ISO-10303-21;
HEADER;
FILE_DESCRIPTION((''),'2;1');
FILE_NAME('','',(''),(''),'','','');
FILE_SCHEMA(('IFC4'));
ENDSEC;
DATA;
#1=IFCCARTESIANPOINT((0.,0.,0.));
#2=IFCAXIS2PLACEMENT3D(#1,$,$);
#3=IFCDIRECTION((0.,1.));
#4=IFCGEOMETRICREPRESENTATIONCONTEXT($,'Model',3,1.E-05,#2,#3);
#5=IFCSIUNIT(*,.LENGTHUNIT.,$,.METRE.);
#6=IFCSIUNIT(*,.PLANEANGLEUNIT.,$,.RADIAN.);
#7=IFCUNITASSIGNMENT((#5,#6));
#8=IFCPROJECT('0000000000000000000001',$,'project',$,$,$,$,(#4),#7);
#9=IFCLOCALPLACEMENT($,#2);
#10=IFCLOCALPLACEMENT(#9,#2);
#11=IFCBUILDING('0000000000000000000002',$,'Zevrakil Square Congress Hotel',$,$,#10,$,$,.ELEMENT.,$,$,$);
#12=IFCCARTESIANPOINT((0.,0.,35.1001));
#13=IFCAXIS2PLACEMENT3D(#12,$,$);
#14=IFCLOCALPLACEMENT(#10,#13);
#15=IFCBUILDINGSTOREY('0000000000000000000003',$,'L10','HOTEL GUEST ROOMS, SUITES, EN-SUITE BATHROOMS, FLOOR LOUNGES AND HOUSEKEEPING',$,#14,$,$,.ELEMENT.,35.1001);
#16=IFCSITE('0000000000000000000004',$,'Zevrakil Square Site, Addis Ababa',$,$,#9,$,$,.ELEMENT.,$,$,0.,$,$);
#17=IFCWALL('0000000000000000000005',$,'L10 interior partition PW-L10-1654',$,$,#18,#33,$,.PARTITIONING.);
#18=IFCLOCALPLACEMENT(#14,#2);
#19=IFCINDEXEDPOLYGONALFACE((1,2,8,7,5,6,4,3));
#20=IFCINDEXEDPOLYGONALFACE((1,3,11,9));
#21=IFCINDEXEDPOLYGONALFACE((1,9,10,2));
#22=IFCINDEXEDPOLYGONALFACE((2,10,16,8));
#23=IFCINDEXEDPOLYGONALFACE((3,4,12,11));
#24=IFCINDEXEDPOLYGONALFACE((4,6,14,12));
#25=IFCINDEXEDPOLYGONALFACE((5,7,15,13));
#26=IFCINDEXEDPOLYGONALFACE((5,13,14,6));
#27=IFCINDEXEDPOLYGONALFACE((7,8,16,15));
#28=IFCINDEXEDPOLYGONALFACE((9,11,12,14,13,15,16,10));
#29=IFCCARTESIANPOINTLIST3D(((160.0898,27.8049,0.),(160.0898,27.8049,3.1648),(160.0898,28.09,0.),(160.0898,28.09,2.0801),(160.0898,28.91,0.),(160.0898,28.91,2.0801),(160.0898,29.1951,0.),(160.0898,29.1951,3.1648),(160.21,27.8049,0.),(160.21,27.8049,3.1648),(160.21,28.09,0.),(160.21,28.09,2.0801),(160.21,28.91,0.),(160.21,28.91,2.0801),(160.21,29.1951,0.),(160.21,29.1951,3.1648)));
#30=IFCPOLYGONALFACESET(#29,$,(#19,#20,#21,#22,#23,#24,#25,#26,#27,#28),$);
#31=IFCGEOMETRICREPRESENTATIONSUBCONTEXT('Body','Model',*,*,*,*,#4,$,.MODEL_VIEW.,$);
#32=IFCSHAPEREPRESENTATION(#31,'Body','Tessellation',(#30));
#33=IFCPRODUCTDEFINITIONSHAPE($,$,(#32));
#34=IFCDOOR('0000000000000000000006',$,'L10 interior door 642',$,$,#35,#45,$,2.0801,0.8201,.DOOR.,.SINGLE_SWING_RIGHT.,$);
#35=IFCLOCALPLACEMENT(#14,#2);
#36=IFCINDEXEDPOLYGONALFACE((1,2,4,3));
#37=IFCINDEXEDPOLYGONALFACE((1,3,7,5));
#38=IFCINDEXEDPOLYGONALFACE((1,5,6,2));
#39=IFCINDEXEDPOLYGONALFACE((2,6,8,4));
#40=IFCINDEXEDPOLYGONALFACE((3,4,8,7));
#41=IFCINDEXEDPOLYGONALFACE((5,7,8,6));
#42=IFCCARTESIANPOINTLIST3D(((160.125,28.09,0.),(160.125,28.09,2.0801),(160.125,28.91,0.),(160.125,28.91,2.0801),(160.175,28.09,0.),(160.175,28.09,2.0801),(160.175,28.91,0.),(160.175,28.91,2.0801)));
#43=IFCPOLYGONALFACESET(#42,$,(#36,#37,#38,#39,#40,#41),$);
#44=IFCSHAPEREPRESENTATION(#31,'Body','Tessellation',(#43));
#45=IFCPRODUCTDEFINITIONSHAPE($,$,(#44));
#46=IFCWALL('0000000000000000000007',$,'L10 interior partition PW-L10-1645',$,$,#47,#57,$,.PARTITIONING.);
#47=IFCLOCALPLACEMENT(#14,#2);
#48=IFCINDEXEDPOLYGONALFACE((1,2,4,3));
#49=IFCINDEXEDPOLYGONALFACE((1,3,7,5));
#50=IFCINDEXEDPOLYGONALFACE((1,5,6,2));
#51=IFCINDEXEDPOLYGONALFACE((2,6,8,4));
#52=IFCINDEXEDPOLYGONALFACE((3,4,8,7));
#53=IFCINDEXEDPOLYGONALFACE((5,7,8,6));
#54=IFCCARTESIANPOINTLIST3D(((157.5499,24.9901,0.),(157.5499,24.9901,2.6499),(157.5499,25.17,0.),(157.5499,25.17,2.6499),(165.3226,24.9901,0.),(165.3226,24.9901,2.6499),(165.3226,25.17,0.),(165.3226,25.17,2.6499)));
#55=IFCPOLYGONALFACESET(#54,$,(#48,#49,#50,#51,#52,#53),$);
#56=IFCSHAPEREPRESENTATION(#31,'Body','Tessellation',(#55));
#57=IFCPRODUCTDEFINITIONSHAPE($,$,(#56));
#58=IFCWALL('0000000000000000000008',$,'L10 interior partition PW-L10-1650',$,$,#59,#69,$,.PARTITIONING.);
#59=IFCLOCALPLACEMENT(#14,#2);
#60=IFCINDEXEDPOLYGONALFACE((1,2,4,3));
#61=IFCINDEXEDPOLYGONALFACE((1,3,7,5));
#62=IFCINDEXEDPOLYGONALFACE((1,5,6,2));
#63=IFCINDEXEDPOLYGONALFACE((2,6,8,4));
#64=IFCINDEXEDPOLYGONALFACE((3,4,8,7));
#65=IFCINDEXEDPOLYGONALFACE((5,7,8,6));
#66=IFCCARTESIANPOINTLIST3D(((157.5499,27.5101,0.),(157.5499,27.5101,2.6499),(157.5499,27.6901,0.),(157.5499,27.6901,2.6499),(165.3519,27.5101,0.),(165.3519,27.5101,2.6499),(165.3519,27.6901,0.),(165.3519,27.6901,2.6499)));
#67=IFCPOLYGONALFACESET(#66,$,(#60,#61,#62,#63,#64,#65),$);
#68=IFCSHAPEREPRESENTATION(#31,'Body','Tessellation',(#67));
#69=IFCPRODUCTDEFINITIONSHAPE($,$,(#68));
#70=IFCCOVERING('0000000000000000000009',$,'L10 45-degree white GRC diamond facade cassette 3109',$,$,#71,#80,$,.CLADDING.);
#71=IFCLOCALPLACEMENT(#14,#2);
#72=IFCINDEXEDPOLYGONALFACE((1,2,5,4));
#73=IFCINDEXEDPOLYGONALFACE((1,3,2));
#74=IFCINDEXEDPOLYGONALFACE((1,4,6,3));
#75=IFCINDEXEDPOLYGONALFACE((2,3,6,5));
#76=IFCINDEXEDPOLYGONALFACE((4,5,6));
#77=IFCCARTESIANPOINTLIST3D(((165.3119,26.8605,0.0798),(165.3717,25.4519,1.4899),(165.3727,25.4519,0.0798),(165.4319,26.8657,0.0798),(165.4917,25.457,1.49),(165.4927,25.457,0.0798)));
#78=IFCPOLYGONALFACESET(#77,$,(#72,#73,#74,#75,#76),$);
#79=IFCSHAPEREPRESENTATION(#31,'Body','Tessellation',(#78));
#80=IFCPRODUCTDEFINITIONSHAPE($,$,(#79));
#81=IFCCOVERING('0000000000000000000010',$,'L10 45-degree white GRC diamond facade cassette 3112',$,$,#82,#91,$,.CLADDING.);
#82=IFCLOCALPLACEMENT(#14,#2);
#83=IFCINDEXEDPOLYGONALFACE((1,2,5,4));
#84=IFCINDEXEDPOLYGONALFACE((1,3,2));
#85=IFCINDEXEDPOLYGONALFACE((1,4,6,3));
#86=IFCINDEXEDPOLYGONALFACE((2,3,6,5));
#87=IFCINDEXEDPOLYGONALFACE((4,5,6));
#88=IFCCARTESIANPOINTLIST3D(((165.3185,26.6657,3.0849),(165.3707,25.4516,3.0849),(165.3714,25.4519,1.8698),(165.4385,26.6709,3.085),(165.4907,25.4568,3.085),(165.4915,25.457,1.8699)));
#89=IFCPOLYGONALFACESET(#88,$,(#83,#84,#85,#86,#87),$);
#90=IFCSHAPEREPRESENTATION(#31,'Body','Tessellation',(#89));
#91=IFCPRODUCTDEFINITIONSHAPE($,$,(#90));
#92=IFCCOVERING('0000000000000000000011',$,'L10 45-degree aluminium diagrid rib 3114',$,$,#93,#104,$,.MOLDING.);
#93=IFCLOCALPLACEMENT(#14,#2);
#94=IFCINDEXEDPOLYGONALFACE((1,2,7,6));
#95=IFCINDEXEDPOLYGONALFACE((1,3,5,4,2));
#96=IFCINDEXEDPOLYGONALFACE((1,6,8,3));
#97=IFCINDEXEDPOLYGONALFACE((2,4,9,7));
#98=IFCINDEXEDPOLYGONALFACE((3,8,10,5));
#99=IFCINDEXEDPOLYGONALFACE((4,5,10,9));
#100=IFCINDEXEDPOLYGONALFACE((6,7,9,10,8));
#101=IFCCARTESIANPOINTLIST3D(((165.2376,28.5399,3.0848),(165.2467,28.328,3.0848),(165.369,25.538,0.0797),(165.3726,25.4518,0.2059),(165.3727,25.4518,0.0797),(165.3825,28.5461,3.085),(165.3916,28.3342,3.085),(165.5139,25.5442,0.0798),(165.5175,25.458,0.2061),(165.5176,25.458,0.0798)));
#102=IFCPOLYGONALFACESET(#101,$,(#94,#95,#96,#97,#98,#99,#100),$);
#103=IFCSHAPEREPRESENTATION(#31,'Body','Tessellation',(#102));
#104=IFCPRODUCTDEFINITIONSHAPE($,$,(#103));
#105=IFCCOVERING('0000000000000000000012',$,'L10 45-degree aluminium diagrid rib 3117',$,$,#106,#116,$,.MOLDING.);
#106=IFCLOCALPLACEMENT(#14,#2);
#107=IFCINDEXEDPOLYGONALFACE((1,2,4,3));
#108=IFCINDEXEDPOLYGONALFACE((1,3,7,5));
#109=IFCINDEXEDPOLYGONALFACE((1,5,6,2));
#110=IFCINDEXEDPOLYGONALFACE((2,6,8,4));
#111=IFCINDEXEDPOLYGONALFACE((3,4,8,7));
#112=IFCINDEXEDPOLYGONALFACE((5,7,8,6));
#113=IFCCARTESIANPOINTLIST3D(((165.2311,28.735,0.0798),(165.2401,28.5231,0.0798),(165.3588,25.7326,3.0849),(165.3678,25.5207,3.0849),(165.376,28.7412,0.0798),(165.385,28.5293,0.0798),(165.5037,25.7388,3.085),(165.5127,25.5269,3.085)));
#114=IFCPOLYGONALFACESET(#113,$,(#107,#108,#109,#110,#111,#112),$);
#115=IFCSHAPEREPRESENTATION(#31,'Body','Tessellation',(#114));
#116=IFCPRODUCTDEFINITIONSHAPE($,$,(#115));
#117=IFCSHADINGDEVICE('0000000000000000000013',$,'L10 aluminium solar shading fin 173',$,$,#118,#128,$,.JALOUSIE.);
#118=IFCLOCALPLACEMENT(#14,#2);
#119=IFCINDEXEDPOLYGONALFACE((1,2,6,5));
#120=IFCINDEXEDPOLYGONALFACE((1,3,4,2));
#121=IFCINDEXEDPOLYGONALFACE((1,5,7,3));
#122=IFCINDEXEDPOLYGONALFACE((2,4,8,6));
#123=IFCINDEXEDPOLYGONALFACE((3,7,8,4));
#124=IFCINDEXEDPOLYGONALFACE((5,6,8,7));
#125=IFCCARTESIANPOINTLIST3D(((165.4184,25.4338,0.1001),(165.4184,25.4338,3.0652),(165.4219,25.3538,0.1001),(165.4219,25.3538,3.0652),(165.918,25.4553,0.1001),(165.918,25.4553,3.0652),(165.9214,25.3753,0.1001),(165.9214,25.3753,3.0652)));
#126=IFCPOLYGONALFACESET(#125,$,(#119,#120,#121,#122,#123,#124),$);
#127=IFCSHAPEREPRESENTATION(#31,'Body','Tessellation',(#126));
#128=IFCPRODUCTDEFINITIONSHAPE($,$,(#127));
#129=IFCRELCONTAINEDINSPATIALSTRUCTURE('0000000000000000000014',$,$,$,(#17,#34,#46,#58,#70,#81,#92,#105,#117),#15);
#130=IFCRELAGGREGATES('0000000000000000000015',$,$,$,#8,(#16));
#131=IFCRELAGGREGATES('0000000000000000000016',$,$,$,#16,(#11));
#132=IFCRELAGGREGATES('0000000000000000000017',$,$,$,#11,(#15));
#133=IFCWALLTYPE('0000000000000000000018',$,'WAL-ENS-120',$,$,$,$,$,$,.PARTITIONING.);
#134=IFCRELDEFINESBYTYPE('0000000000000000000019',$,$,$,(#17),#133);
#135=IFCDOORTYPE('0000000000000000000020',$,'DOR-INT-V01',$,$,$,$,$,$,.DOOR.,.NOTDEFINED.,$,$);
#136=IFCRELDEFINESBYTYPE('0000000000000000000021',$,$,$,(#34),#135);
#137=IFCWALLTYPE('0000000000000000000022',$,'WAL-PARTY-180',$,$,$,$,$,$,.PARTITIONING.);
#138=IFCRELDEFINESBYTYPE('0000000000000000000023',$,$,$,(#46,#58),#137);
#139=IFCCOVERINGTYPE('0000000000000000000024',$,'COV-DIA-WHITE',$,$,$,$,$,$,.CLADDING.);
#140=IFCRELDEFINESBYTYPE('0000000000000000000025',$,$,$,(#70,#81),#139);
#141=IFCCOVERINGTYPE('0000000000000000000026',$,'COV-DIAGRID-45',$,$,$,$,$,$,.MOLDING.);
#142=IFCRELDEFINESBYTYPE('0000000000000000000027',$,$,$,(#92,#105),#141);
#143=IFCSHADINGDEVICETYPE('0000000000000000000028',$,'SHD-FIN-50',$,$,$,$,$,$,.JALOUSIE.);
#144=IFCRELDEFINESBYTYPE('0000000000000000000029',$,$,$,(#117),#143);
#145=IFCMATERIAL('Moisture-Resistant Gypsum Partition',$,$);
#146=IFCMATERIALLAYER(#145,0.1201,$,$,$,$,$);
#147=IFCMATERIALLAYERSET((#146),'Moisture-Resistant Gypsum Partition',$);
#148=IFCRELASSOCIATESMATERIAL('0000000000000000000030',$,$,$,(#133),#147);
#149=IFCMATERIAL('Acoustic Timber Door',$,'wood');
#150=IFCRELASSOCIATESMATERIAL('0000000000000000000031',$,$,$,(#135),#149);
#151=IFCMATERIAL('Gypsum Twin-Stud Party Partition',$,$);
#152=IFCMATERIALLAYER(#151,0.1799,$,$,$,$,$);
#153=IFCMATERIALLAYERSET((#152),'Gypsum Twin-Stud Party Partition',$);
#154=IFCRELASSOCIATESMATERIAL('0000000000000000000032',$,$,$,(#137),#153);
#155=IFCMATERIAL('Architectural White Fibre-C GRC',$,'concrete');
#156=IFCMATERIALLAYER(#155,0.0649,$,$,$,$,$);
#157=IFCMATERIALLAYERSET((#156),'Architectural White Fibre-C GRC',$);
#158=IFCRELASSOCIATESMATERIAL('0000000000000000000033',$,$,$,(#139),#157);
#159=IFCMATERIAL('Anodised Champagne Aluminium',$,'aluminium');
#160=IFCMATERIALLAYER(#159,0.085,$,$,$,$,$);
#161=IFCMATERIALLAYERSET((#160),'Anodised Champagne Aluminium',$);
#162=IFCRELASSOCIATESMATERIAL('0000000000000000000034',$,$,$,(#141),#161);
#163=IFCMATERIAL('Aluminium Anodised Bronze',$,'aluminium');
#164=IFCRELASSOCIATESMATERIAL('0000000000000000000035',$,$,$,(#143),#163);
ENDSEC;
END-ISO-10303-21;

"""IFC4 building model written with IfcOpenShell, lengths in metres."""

from ifc_helpers import new_model, si_unit, direction, frame, frame_2d, origin, origin_2d, place, context, subcontext, project, spatial, polyline, rectangle, outline, extrude, material, layer, layer_set, type_object, element, fill, save


model = new_model("IFC4")

# Units and contexts
model_context = context("Model", 3, precision=1e-05, world=origin(), true_north=direction((0.0, 1.0)))
body_context = subcontext(model_context, "Body", "Model", "MODEL_VIEW")
ifc_project = project(units=[si_unit("LENGTHUNIT", "METRE"), si_unit("PLANEANGLEUNIT", "RADIAN")], contexts=[model_context])

# Site, building, storey
site_placement = place(None, origin())
site = spatial("IfcSite", under=ifc_project, at=site_placement, Name="Zevrakil Square Site, Addis Ababa", CompositionType="ELEMENT", RefElevation=0.0)
building_placement = place(site_placement, origin())
building = spatial("IfcBuilding", under=site, at=building_placement, Name="Zevrakil Square Congress Hotel", CompositionType="ELEMENT")
storey_placement = place(building_placement, frame((0.0, 0.0, 35.1001)))
storey = spatial("IfcBuildingStorey", under=building, at=storey_placement, Name="L10", Description="HOTEL GUEST ROOMS, SUITES, EN-SUITE BATHROOMS, FLOOR LOUNGES AND HOUSEKEEPING", CompositionType="ELEMENT", Elevation=35.1001)

# Shared definitions
ifc_material_1 = material(Name="Moisture-Resistant Gypsum Partition")
ifc_layer_1 = layer(ifc_material_1, 0.1201)
ifc_layer_set_1 = layer_set([ifc_layer_1], Name="Moisture-Resistant Gypsum Partition")
wall_type_1 = type_object("IfcWallType", Name="WAL-ENS-120", PredefinedType="PARTITIONING", material=ifc_layer_set_1)

# Shared definitions
ifc_material_2 = material(Name="Acoustic Timber Door", Category="wood")
door_type_1 = type_object("IfcDoorType", Name="DOR-INT-V01", OperationType="NOTDEFINED", PredefinedType="DOOR", material=ifc_material_2)

# Wall, opening, door
wall_1_placement = place(storey_placement, frame((160.1499, 27.8049, 0.0), z_axis=(0.0, 0.0, 1.0), x_axis=(0.0, 1.0, 0.0)))
wall_1 = element("IfcWall", 1, at=wall_1_placement, inside=storey, type_object=wall_type_1, Name="L10 interior partition PW-L10-1654", PredefinedType="PARTITIONING", context=body_context, shape_type="SweptSolid", body=[
    extrude(rectangle(XDim=1.3901, YDim=0.1201, at=frame_2d((0.6951, 0.0))), origin(), (0.0, 0.0, 1.0), 3.1648),
])
opening_1_placement = place(wall_1_placement, frame((0.2849, 0.0, 0.0)))
opening_1 = element("IfcOpeningElement", 2, at=opening_1_placement, cuts=wall_1, PredefinedType="OPENING", context=body_context, shape_type="SweptSolid", body=[
    extrude(rectangle(XDim=0.8201, YDim=2.0801, at=frame_2d((0.4102, 1.04))), frame((0.0, 0.0701, 0.0), z_axis=(0.0, -1.0, 0.0), x_axis=(1.0, 0.0, 0.0)), (0.0, 0.0, 1.0), 0.1401),
])
door_1_placement = place(opening_1_placement, origin())
door_1 = element("IfcDoor", 3, at=door_1_placement, inside=storey, type_object=door_type_1, Name="L10 interior door 642", OperationType="SINGLE_SWING_RIGHT", OverallHeight=2.0801, OverallWidth=0.8201, PredefinedType="DOOR", context=body_context, shape_type="SweptSolid", body=[
    extrude(rectangle(XDim=0.8201, YDim=2.0801, at=frame_2d((0.4102, 1.04))), frame((0.0, 0.0249, 0.0), z_axis=(0.0, -1.0, 0.0), x_axis=(1.0, 0.0, 0.0)), (0.0, 0.0, 1.0), 0.05),
])
fill(opening_1, door_1)

# Walls
ifc_material_3 = material(Name="Gypsum Twin-Stud Party Partition")
ifc_layer_2 = layer(ifc_material_3, 0.1799)
ifc_layer_set_2 = layer_set([ifc_layer_2], Name="Gypsum Twin-Stud Party Partition")
wall_type_2 = type_object("IfcWallType", Name="WAL-PARTY-180", PredefinedType="PARTITIONING", material=ifc_layer_set_2)
wall_2_placement = place(storey_placement, frame((157.55, 25.0801, 0.0), z_axis=(0.0, 0.0, 1.0), x_axis=(1.0, 0.0, 0.0)))
element("IfcWall", 4, at=wall_2_placement, inside=storey, type_object=wall_type_2, Name="L10 interior partition PW-L10-1645", PredefinedType="PARTITIONING", context=body_context, shape_type="SweptSolid", body=[
    extrude(rectangle(XDim=7.7727, YDim=0.1799, at=frame_2d((3.8862, 0.0))), origin(), (0.0, 0.0, 1.0), 2.6499),
])
wall_3_placement = place(storey_placement, frame((157.55, 27.6001, 0.0), z_axis=(0.0, 0.0, 1.0), x_axis=(1.0, 0.0, 0.0)))
element("IfcWall", 5, at=wall_3_placement, inside=storey, type_object=wall_type_2, Name="L10 interior partition PW-L10-1650", PredefinedType="PARTITIONING", context=body_context, shape_type="SweptSolid", body=[
    extrude(rectangle(XDim=7.802, YDim=0.1799, at=frame_2d((3.9009, 0.0))), origin(), (0.0, 0.0, 1.0), 2.6499),
])

# Coverings
ifc_material_4 = material(Name="Architectural White Fibre-C GRC", Category="concrete")
ifc_layer_3 = layer(ifc_material_4, 0.0649)
ifc_layer_set_3 = layer_set([ifc_layer_3], Name="Architectural White Fibre-C GRC")
covering_type_1 = type_object("IfcCoveringType", Name="COV-DIA-WHITE", PredefinedType="CLADDING", material=ifc_layer_set_3)
covering_1_placement = place(storey_placement, frame((165.4319, 26.8657, 0.0798), z_axis=(0.99907, 0.043114, 0.000692), x_axis=(0.043114, -0.99907, 0.0)))
element("IfcCovering", 6, at=covering_1_placement, inside=storey, type_object=covering_type_1, Name="L10 45-degree white GRC diamond facade cassette 3109", PredefinedType="CLADDING", context=body_context, shape_type="SweptSolid", body=[
    extrude(outline(polyline([(0.0, 0.0), (1.41, 0.0), (1.41, -1.4102), (0.0, 0.0)])), origin(), (0.0, 0.0, -1.0), 0.1201),
])
covering_2_placement = place(storey_placement, frame((165.4915, 25.457, 1.8699), z_axis=(0.999075, 0.042993, 0.000611), x_axis=(-0.000603, -0.000201, 1.0)))
element("IfcCovering", 7, at=covering_2_placement, inside=storey, type_object=covering_type_1, Name="L10 45-degree white GRC diamond facade cassette 3112", PredefinedType="CLADDING", context=body_context, shape_type="SweptSolid", body=[
    extrude(outline(polyline([(0.0, 0.0), (1.2151, 0.0), (1.2149, -1.2152), (0.0, 0.0)])), origin(), (0.0, 0.0, -1.0), 0.1201),
])
ifc_material_5 = material(Name="Anodised Champagne Aluminium", Category="aluminium")
ifc_layer_4 = layer(ifc_material_5, 0.085)
ifc_layer_set_4 = layer_set([ifc_layer_4], Name="Anodised Champagne Aluminium")
covering_type_2 = type_object("IfcCoveringType", Name="COV-DIAGRID-45", PredefinedType="MOLDING", material=ifc_layer_set_4)
covering_3_placement = place(storey_placement, frame((165.5139, 25.5442, 0.0798), z_axis=(0.999079, 0.042898, 0.000826), x_axis=(0.042898, -0.999079, 0.0)))
element("IfcCovering", 8, at=covering_3_placement, inside=storey, type_object=covering_type_2, Name="L10 45-degree aluminium diagrid rib 3114", PredefinedType="MOLDING", context=body_context, shape_type="SweptSolid", body=[
    extrude(outline(polyline([(0.0, 0.0), (0.0863, 0.0), (0.0863, -0.1262), (-2.7927, -3.0051), (-3.0048, -3.0051), (0.0, 0.0)])), origin(), (0.0, 0.0, -1.0), 0.145),
])
covering_4_placement = place(storey_placement, frame((165.5127, 25.5269, 3.085), z_axis=(0.999093, 0.042588, 0.000099), x_axis=(-0.042588, 0.999093, 0.0)))
element("IfcCovering", 9, at=covering_4_placement, inside=storey, type_object=covering_type_2, Name="L10 45-degree aluminium diagrid rib 3117", PredefinedType="MOLDING", context=body_context, shape_type="SweptSolid", body=[
    extrude(outline(polyline([(0.0, 0.0), (0.2121, 0.0), (3.2173, -3.0051), (3.0052, -3.0051), (0.0, 0.0)])), origin(), (0.0, 0.0, -1.0), 0.145),
])

# Shading device
ifc_material_6 = material(Name="Aluminium Anodised Bronze", Category="aluminium")
shading_device_type = type_object("IfcShadingDeviceType", Name="SHD-FIN-50", PredefinedType="JALOUSIE", material=ifc_material_6)
shading_device_placement = place(storey_placement, frame((165.6699, 25.4045, 0.1001), z_axis=(0.0, 0.0, 1.0), x_axis=(0.999071, 0.043096, 0.0)))
element("IfcShadingDevice", 10, at=shading_device_placement, inside=storey, type_object=shading_device_type, Name="L10 aluminium solar shading fin 173", PredefinedType="JALOUSIE", context=body_context, shape_type="SweptSolid", body=[
    extrude(rectangle(XDim=0.5, YDim=0.0801, at=origin_2d()), origin(), (0.0, 0.0, 1.0), 2.9651),
])

save(model, "model.ifc")
